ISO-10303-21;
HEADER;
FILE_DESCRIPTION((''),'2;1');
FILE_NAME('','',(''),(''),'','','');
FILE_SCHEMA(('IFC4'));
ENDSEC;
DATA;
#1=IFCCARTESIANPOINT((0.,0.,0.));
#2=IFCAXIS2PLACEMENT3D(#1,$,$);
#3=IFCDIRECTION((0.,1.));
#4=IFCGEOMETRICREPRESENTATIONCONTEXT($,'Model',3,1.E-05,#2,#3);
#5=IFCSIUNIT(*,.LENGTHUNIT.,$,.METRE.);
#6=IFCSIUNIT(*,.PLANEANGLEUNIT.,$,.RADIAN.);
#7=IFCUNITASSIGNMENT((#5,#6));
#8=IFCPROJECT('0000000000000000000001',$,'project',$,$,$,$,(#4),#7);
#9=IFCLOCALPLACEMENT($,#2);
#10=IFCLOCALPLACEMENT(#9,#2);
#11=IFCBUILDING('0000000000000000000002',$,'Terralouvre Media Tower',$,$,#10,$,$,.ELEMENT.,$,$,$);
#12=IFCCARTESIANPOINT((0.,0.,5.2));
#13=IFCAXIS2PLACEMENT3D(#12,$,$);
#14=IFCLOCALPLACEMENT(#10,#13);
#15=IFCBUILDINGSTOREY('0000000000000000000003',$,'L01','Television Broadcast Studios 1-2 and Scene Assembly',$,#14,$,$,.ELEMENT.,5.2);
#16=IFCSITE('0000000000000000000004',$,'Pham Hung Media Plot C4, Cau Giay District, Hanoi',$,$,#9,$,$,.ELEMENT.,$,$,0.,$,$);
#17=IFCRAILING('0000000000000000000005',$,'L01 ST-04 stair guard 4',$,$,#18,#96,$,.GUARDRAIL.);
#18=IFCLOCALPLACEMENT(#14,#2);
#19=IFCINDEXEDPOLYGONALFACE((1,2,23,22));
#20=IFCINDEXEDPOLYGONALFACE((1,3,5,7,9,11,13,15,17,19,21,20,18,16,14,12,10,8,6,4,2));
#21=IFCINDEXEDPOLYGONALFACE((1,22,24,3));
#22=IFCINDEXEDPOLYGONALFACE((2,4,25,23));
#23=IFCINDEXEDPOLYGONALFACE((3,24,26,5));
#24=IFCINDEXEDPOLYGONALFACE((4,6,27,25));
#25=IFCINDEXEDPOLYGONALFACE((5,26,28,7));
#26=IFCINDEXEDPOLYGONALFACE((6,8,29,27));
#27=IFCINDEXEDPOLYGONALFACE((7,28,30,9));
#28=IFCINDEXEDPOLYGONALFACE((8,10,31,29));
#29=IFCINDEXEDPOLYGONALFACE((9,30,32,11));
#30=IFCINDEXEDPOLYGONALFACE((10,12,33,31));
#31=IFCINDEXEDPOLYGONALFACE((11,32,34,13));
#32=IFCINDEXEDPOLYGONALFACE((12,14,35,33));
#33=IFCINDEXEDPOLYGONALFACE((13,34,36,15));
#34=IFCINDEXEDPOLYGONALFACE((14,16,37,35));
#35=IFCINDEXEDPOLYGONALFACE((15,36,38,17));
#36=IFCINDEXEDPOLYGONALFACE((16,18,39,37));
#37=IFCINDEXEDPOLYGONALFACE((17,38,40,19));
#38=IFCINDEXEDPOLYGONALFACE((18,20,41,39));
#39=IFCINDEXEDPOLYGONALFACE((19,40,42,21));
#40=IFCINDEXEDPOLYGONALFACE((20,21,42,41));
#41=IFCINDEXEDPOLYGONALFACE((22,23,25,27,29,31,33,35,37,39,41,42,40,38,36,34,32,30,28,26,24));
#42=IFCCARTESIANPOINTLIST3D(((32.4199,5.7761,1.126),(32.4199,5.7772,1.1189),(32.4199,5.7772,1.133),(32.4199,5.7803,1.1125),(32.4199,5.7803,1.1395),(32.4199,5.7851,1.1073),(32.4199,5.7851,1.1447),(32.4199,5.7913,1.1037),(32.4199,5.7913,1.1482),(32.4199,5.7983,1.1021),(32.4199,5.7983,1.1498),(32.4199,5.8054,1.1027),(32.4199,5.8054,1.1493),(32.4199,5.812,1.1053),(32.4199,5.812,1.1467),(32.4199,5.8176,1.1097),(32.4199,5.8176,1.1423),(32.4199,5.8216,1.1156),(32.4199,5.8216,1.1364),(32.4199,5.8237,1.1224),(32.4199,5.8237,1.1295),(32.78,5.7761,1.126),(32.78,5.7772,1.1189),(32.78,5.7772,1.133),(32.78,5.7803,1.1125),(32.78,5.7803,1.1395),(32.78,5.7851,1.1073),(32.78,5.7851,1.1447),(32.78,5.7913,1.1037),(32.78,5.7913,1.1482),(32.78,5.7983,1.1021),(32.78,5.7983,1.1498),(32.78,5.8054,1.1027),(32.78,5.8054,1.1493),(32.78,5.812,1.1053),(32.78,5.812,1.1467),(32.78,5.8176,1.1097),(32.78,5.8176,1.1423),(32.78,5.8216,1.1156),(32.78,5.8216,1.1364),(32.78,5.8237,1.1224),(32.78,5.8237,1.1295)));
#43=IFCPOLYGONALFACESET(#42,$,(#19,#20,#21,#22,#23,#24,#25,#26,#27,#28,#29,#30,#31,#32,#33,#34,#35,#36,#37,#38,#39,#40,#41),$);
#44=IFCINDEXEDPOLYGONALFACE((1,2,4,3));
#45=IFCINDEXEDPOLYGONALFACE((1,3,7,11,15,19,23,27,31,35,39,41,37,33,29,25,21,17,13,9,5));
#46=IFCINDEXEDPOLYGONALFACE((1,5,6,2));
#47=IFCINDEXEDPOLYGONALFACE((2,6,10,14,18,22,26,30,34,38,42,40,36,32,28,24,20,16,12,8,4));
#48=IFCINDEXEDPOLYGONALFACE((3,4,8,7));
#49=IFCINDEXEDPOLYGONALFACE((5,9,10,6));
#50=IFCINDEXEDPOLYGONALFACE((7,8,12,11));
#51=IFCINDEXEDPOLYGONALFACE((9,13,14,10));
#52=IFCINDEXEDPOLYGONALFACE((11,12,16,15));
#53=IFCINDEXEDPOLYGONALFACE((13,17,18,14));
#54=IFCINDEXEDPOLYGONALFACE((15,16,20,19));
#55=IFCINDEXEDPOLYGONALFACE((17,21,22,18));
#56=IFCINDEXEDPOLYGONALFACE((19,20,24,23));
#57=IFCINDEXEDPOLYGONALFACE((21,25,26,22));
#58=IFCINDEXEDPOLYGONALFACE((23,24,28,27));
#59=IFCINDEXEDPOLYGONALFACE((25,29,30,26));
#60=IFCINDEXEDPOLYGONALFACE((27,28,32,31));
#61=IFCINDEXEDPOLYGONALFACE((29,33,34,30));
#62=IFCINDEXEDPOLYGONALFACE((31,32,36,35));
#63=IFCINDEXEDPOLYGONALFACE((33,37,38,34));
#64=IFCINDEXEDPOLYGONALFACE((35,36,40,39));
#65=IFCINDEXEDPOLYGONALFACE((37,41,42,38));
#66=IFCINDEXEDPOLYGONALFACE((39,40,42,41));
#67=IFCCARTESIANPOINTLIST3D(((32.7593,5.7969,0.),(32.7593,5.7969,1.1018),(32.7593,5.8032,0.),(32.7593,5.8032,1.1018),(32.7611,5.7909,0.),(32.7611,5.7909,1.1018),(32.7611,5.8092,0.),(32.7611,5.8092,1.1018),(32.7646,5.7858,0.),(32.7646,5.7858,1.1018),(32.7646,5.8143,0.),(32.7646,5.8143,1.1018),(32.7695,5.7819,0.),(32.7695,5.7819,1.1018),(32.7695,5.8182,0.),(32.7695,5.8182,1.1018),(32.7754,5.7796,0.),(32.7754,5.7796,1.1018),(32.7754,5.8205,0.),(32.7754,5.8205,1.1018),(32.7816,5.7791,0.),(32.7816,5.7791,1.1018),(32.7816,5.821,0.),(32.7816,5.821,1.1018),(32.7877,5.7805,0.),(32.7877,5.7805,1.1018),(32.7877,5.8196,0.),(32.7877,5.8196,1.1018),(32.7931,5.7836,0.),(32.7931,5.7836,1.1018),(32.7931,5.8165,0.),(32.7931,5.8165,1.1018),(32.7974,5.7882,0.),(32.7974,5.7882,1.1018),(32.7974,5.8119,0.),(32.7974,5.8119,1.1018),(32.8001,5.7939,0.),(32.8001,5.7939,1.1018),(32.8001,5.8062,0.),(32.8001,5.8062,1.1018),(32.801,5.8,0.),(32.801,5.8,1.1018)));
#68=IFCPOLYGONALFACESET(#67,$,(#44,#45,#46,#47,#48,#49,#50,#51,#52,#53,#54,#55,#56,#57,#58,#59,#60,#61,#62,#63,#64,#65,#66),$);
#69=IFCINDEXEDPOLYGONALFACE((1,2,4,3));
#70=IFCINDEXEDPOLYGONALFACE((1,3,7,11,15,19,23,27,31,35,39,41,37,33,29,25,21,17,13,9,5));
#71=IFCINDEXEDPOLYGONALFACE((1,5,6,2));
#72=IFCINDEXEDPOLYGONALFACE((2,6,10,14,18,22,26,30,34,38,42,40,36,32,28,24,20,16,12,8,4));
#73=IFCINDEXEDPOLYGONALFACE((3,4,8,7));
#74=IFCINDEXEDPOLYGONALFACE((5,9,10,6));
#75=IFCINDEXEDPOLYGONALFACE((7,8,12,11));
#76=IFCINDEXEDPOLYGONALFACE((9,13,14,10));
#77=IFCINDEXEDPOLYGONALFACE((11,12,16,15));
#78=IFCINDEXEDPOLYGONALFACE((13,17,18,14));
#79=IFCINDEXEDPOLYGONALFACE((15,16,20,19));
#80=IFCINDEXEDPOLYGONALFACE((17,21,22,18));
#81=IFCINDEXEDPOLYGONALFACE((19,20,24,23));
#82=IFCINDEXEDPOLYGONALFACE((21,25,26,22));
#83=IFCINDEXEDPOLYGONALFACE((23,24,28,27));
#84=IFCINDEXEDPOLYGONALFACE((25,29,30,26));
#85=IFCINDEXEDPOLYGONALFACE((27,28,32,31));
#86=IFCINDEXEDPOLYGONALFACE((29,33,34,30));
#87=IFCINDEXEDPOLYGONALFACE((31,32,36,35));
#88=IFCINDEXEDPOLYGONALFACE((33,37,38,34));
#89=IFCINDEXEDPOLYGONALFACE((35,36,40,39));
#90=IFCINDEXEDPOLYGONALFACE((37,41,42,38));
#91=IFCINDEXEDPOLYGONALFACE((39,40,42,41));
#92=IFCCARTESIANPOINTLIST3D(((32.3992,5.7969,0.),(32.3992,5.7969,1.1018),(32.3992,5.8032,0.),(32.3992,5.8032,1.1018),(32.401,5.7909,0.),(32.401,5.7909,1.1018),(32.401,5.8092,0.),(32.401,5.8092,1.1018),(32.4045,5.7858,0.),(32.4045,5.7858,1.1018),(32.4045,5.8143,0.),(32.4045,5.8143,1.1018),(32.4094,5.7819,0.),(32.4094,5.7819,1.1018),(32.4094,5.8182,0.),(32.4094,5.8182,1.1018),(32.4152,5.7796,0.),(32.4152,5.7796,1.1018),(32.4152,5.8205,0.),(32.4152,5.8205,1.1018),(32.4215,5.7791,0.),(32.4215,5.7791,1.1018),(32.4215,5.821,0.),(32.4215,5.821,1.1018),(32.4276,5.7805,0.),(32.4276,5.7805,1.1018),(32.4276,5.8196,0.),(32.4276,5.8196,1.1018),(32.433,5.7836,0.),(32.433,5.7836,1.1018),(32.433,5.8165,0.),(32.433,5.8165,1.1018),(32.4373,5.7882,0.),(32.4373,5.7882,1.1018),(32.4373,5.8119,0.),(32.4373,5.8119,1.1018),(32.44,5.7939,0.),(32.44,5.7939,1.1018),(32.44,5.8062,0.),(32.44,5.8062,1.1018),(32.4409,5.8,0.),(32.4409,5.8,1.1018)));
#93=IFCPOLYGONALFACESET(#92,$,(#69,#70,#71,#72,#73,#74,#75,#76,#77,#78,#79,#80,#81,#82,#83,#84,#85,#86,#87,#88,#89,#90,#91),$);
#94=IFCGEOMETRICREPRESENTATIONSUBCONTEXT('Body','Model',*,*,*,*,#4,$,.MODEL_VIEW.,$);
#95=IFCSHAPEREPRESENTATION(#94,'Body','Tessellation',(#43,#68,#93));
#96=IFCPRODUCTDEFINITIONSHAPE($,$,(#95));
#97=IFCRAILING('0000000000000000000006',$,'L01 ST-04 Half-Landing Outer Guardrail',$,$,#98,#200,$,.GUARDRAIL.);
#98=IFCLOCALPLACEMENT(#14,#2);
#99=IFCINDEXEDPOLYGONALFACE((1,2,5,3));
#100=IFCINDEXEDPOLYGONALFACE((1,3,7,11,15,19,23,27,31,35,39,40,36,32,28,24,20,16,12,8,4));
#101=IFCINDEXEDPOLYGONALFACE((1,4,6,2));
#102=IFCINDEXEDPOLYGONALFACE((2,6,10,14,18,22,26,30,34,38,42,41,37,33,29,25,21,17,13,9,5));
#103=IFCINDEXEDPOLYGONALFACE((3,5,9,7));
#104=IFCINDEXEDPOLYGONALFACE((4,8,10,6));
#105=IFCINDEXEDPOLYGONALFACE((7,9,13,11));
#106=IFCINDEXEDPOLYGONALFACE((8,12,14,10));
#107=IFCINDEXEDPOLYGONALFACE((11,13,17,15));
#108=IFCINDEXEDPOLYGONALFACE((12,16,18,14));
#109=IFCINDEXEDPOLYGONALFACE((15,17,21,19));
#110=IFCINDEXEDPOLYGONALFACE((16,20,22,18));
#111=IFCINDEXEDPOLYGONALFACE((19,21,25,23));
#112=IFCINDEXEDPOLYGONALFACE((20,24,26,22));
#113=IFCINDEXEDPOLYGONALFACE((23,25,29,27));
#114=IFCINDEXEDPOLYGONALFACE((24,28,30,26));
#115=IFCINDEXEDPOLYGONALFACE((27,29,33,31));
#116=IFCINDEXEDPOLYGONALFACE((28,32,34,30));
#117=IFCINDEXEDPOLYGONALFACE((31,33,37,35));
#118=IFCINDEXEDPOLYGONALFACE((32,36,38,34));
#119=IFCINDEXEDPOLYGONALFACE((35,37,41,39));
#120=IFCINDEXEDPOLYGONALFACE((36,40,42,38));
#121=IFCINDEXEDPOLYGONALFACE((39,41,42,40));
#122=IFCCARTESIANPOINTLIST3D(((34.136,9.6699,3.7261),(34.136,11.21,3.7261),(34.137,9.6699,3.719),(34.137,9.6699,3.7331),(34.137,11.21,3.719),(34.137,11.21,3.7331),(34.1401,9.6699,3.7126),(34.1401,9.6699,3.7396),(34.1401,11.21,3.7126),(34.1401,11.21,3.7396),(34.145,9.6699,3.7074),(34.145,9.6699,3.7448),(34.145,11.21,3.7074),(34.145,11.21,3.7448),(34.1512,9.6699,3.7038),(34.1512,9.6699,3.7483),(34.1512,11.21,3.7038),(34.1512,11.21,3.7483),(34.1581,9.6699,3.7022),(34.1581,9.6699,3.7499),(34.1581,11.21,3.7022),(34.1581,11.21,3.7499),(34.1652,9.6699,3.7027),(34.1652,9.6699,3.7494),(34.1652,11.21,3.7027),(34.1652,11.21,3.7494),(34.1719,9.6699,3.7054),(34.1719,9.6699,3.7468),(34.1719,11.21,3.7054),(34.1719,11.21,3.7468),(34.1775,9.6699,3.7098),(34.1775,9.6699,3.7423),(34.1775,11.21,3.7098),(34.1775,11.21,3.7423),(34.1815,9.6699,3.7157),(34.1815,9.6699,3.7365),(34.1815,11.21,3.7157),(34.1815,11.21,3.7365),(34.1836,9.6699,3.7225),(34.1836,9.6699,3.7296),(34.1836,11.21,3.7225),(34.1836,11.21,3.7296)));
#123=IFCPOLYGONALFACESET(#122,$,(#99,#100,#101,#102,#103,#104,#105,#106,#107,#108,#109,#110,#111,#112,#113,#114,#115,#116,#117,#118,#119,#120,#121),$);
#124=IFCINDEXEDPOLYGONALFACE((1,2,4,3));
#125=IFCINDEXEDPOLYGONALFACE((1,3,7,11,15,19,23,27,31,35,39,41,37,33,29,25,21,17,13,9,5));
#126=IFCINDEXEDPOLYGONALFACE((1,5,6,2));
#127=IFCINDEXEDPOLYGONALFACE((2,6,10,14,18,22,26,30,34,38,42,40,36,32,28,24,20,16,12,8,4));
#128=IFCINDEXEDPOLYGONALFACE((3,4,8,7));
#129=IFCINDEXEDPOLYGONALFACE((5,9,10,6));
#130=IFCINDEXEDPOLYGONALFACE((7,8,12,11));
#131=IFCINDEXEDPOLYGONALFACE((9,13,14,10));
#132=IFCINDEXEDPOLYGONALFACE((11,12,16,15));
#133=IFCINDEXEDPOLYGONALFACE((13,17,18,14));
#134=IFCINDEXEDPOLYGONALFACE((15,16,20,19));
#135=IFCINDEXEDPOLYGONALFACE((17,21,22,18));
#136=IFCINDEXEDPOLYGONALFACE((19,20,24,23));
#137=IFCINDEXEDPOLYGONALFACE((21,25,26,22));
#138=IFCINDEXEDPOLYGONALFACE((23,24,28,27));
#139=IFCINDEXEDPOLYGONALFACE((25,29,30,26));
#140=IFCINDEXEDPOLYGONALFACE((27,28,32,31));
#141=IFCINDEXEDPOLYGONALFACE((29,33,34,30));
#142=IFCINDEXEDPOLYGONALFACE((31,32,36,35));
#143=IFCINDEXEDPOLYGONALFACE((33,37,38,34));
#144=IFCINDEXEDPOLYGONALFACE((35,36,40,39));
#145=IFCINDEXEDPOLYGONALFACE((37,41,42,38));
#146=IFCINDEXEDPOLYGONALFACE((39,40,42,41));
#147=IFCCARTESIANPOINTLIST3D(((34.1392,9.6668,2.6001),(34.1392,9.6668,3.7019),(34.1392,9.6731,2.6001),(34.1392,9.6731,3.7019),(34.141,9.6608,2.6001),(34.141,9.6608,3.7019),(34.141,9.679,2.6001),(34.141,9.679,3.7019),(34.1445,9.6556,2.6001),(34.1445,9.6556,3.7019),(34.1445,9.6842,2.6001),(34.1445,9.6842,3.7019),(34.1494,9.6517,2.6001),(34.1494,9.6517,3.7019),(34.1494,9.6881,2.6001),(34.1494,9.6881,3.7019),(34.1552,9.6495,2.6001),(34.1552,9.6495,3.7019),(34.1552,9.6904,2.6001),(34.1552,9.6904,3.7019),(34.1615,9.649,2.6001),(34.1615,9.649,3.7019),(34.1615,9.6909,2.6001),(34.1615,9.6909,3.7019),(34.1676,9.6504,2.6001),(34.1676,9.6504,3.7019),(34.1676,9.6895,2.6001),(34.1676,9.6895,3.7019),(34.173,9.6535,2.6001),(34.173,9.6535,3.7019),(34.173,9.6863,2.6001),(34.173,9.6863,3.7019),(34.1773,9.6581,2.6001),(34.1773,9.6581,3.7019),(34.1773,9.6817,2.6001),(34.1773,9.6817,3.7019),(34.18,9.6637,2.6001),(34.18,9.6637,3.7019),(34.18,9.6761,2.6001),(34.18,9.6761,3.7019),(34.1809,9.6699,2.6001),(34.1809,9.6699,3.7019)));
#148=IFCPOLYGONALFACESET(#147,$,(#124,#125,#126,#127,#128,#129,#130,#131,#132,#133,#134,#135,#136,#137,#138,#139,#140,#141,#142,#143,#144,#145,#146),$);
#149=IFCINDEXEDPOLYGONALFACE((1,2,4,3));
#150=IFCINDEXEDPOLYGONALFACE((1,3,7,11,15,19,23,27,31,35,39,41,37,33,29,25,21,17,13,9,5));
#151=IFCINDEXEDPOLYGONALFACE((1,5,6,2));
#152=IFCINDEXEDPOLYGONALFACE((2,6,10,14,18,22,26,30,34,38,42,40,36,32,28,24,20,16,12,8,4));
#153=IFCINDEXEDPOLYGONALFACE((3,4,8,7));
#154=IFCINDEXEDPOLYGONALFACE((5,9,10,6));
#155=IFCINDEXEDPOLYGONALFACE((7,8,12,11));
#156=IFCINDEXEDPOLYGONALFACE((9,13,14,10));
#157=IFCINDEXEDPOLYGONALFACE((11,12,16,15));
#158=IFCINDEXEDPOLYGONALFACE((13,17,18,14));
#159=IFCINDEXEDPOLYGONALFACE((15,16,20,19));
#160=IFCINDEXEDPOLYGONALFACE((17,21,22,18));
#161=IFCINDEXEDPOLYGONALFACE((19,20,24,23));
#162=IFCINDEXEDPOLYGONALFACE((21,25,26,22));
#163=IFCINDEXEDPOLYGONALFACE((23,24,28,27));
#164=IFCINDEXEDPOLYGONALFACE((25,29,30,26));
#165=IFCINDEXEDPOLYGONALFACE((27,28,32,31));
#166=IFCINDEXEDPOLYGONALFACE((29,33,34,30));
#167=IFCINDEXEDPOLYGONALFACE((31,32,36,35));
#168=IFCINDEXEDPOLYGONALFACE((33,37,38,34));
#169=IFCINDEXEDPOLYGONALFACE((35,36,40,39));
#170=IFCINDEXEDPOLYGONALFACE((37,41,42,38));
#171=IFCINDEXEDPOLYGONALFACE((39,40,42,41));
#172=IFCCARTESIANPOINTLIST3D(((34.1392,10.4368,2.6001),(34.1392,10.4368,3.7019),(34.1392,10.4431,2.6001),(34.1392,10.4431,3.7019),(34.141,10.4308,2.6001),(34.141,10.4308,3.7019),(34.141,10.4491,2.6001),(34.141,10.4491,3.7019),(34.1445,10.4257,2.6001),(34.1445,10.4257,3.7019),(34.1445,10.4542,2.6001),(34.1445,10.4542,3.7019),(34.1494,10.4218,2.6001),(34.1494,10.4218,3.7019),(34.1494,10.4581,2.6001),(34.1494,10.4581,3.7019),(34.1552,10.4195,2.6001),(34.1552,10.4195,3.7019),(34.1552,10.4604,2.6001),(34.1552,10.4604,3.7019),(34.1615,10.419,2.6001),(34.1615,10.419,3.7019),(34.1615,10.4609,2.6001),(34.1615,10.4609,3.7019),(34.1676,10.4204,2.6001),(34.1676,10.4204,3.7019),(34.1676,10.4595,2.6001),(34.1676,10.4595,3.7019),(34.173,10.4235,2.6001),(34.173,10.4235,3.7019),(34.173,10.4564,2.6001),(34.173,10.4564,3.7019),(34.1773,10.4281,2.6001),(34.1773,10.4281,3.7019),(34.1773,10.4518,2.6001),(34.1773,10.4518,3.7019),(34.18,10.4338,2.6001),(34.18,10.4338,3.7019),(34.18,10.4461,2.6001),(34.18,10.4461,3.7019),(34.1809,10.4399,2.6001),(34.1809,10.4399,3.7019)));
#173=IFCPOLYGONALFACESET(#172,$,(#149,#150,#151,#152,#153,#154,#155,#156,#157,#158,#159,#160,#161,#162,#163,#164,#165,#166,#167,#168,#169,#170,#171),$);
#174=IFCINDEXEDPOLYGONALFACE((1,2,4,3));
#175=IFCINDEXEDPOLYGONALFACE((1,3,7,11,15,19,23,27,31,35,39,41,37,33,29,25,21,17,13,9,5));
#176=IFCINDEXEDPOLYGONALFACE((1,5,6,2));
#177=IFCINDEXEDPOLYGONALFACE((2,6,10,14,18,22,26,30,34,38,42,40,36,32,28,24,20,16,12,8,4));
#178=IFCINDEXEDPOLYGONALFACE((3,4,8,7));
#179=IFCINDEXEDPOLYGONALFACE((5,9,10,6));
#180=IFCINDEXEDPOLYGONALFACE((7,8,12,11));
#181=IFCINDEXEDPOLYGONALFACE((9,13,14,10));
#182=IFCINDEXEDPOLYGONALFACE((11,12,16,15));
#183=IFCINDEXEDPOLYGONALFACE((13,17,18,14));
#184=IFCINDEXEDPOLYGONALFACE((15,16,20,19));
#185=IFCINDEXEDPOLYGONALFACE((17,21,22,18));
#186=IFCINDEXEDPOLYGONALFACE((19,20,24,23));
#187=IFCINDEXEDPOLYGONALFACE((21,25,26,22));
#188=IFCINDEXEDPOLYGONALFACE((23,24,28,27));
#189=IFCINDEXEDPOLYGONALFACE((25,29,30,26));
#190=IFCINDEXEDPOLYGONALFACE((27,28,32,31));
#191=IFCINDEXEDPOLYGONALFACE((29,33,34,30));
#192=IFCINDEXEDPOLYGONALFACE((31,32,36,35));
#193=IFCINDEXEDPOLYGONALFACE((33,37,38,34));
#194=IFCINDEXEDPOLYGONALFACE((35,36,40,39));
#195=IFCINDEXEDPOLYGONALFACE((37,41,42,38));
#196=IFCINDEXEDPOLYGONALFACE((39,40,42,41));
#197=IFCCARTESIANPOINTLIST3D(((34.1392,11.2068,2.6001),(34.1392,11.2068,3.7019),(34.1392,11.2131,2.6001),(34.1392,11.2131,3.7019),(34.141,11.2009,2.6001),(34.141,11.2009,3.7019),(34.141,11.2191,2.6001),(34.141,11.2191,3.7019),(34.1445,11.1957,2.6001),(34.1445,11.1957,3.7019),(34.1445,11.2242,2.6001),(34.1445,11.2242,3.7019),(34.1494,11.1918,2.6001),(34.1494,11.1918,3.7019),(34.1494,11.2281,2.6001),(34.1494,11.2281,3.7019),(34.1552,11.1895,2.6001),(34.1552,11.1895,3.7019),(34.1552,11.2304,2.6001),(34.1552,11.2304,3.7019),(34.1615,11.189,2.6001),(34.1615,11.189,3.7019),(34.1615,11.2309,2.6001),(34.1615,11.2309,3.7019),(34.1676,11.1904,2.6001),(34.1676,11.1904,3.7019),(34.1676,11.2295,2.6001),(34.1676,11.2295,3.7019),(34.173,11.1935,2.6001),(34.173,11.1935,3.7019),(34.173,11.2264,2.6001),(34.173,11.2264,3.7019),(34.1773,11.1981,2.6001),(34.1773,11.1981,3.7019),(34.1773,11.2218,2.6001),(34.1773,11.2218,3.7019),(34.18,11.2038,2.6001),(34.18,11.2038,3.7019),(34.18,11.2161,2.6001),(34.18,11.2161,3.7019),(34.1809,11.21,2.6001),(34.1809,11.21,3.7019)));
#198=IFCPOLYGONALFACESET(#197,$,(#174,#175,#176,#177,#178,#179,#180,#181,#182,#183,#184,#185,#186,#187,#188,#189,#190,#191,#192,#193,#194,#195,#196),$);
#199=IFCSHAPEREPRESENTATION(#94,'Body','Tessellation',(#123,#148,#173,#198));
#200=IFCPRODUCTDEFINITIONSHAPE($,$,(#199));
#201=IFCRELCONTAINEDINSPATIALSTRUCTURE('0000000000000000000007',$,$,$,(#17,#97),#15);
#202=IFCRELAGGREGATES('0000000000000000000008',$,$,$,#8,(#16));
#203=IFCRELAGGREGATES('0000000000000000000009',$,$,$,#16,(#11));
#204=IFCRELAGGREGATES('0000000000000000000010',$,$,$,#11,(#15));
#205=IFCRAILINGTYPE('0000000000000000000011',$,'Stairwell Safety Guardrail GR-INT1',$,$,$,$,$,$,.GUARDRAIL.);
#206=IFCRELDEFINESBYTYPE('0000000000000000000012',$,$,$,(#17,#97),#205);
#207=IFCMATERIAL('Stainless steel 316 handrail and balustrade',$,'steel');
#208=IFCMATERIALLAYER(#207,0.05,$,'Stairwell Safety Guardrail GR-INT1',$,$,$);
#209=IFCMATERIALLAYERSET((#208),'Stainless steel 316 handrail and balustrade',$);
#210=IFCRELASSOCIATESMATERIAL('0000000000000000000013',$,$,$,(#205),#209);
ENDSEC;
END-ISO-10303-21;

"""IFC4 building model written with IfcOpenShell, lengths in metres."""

from ifc_helpers import new_model, si_unit, direction, frame, origin, origin_2d, place, context, subcontext, project, spatial, circle, extrude, material, layer, layer_set, type_object, element, save


model = new_model("IFC4")

# Units and contexts
model_context = context("Model", 3, precision=1e-05, world=origin(), true_north=direction((0.0, 1.0)))
body_context = subcontext(model_context, "Body", "Model", "MODEL_VIEW")
ifc_project = project(units=[si_unit("LENGTHUNIT", "METRE"), si_unit("PLANEANGLEUNIT", "RADIAN")], contexts=[model_context])

# Site, building, storey
site_placement = place(None, origin())
site = spatial("IfcSite", under=ifc_project, at=site_placement, Name="Pham Hung Media Plot C4, Cau Giay District, Hanoi", CompositionType="ELEMENT", RefElevation=0.0)
building_placement = place(site_placement, origin())
building = spatial("IfcBuilding", under=site, at=building_placement, Name="Terralouvre Media Tower", CompositionType="ELEMENT")
storey_placement = place(building_placement, frame((0.0, 0.0, 5.2)))
storey = spatial("IfcBuildingStorey", under=building, at=storey_placement, Name="L01", Description="Television Broadcast Studios 1-2 and Scene Assembly", CompositionType="ELEMENT", Elevation=5.2)

# Railings
ifc_material_1 = material(Name="Stainless steel 316 handrail and balustrade", Category="steel")
ifc_layer_1 = layer(ifc_material_1, 0.05, Name="Stairwell Safety Guardrail GR-INT1")
ifc_layer_set_1 = layer_set([ifc_layer_1], Name="Stainless steel 316 handrail and balustrade")
railing_type_1 = type_object("IfcRailingType", Name="Stairwell Safety Guardrail GR-INT1", PredefinedType="GUARDRAIL", material=ifc_layer_set_1)
railing_1_placement = place(storey_placement, frame((32.78, 5.8, 0.0)))
element("IfcRailing", 1, at=railing_1_placement, inside=storey, type_object=railing_type_1, Name="L01 ST-04 stair guard 4", PredefinedType="GUARDRAIL", context=body_context, shape_type="SweptSolid", body=[
    extrude(circle(Radius=0.0239, at=origin_2d()), frame((0.0, 0.0, 1.126), z_axis=(-1.0, 0.0, 0.0), x_axis=(0.0, -1.0, 0.0)), (0.0, 0.0, 1.0), 0.3601),
    extrude(circle(Radius=0.021, at=origin_2d()), origin(), (0.0, 0.0, 1.0), 1.1018),
    extrude(circle(Radius=0.021, at=origin_2d()), frame((-0.3601, 0.0, 0.0)), (0.0, 0.0, 1.0), 1.1018),
])
railing_2_placement = place(storey_placement, frame((34.1599, 9.6699, 2.6001)))
element("IfcRailing", 2, at=railing_2_placement, inside=storey, type_object=railing_type_1, Name="L01 ST-04 Half-Landing Outer Guardrail", PredefinedType="GUARDRAIL", context=body_context, shape_type="SweptSolid", body=[
    extrude(circle(Radius=0.0239, at=origin_2d()), frame((0.0, 0.0, 1.126), z_axis=(0.0, 1.0, 0.0), x_axis=(-1.0, 0.0, 0.0)), (0.0, 0.0, 1.0), 1.54),
    extrude(circle(Radius=0.021, at=origin_2d()), origin(), (0.0, 0.0, 1.0), 1.1018),
    extrude(circle(Radius=0.021, at=origin_2d()), frame((0.0, 0.77, 0.0)), (0.0, 0.0, 1.0), 1.1018),
    extrude(circle(Radius=0.021, at=origin_2d()), frame((0.0, 1.54, 0.0)), (0.0, 0.0, 1.0), 1.1018),
])

save(model, "model.ifc")
